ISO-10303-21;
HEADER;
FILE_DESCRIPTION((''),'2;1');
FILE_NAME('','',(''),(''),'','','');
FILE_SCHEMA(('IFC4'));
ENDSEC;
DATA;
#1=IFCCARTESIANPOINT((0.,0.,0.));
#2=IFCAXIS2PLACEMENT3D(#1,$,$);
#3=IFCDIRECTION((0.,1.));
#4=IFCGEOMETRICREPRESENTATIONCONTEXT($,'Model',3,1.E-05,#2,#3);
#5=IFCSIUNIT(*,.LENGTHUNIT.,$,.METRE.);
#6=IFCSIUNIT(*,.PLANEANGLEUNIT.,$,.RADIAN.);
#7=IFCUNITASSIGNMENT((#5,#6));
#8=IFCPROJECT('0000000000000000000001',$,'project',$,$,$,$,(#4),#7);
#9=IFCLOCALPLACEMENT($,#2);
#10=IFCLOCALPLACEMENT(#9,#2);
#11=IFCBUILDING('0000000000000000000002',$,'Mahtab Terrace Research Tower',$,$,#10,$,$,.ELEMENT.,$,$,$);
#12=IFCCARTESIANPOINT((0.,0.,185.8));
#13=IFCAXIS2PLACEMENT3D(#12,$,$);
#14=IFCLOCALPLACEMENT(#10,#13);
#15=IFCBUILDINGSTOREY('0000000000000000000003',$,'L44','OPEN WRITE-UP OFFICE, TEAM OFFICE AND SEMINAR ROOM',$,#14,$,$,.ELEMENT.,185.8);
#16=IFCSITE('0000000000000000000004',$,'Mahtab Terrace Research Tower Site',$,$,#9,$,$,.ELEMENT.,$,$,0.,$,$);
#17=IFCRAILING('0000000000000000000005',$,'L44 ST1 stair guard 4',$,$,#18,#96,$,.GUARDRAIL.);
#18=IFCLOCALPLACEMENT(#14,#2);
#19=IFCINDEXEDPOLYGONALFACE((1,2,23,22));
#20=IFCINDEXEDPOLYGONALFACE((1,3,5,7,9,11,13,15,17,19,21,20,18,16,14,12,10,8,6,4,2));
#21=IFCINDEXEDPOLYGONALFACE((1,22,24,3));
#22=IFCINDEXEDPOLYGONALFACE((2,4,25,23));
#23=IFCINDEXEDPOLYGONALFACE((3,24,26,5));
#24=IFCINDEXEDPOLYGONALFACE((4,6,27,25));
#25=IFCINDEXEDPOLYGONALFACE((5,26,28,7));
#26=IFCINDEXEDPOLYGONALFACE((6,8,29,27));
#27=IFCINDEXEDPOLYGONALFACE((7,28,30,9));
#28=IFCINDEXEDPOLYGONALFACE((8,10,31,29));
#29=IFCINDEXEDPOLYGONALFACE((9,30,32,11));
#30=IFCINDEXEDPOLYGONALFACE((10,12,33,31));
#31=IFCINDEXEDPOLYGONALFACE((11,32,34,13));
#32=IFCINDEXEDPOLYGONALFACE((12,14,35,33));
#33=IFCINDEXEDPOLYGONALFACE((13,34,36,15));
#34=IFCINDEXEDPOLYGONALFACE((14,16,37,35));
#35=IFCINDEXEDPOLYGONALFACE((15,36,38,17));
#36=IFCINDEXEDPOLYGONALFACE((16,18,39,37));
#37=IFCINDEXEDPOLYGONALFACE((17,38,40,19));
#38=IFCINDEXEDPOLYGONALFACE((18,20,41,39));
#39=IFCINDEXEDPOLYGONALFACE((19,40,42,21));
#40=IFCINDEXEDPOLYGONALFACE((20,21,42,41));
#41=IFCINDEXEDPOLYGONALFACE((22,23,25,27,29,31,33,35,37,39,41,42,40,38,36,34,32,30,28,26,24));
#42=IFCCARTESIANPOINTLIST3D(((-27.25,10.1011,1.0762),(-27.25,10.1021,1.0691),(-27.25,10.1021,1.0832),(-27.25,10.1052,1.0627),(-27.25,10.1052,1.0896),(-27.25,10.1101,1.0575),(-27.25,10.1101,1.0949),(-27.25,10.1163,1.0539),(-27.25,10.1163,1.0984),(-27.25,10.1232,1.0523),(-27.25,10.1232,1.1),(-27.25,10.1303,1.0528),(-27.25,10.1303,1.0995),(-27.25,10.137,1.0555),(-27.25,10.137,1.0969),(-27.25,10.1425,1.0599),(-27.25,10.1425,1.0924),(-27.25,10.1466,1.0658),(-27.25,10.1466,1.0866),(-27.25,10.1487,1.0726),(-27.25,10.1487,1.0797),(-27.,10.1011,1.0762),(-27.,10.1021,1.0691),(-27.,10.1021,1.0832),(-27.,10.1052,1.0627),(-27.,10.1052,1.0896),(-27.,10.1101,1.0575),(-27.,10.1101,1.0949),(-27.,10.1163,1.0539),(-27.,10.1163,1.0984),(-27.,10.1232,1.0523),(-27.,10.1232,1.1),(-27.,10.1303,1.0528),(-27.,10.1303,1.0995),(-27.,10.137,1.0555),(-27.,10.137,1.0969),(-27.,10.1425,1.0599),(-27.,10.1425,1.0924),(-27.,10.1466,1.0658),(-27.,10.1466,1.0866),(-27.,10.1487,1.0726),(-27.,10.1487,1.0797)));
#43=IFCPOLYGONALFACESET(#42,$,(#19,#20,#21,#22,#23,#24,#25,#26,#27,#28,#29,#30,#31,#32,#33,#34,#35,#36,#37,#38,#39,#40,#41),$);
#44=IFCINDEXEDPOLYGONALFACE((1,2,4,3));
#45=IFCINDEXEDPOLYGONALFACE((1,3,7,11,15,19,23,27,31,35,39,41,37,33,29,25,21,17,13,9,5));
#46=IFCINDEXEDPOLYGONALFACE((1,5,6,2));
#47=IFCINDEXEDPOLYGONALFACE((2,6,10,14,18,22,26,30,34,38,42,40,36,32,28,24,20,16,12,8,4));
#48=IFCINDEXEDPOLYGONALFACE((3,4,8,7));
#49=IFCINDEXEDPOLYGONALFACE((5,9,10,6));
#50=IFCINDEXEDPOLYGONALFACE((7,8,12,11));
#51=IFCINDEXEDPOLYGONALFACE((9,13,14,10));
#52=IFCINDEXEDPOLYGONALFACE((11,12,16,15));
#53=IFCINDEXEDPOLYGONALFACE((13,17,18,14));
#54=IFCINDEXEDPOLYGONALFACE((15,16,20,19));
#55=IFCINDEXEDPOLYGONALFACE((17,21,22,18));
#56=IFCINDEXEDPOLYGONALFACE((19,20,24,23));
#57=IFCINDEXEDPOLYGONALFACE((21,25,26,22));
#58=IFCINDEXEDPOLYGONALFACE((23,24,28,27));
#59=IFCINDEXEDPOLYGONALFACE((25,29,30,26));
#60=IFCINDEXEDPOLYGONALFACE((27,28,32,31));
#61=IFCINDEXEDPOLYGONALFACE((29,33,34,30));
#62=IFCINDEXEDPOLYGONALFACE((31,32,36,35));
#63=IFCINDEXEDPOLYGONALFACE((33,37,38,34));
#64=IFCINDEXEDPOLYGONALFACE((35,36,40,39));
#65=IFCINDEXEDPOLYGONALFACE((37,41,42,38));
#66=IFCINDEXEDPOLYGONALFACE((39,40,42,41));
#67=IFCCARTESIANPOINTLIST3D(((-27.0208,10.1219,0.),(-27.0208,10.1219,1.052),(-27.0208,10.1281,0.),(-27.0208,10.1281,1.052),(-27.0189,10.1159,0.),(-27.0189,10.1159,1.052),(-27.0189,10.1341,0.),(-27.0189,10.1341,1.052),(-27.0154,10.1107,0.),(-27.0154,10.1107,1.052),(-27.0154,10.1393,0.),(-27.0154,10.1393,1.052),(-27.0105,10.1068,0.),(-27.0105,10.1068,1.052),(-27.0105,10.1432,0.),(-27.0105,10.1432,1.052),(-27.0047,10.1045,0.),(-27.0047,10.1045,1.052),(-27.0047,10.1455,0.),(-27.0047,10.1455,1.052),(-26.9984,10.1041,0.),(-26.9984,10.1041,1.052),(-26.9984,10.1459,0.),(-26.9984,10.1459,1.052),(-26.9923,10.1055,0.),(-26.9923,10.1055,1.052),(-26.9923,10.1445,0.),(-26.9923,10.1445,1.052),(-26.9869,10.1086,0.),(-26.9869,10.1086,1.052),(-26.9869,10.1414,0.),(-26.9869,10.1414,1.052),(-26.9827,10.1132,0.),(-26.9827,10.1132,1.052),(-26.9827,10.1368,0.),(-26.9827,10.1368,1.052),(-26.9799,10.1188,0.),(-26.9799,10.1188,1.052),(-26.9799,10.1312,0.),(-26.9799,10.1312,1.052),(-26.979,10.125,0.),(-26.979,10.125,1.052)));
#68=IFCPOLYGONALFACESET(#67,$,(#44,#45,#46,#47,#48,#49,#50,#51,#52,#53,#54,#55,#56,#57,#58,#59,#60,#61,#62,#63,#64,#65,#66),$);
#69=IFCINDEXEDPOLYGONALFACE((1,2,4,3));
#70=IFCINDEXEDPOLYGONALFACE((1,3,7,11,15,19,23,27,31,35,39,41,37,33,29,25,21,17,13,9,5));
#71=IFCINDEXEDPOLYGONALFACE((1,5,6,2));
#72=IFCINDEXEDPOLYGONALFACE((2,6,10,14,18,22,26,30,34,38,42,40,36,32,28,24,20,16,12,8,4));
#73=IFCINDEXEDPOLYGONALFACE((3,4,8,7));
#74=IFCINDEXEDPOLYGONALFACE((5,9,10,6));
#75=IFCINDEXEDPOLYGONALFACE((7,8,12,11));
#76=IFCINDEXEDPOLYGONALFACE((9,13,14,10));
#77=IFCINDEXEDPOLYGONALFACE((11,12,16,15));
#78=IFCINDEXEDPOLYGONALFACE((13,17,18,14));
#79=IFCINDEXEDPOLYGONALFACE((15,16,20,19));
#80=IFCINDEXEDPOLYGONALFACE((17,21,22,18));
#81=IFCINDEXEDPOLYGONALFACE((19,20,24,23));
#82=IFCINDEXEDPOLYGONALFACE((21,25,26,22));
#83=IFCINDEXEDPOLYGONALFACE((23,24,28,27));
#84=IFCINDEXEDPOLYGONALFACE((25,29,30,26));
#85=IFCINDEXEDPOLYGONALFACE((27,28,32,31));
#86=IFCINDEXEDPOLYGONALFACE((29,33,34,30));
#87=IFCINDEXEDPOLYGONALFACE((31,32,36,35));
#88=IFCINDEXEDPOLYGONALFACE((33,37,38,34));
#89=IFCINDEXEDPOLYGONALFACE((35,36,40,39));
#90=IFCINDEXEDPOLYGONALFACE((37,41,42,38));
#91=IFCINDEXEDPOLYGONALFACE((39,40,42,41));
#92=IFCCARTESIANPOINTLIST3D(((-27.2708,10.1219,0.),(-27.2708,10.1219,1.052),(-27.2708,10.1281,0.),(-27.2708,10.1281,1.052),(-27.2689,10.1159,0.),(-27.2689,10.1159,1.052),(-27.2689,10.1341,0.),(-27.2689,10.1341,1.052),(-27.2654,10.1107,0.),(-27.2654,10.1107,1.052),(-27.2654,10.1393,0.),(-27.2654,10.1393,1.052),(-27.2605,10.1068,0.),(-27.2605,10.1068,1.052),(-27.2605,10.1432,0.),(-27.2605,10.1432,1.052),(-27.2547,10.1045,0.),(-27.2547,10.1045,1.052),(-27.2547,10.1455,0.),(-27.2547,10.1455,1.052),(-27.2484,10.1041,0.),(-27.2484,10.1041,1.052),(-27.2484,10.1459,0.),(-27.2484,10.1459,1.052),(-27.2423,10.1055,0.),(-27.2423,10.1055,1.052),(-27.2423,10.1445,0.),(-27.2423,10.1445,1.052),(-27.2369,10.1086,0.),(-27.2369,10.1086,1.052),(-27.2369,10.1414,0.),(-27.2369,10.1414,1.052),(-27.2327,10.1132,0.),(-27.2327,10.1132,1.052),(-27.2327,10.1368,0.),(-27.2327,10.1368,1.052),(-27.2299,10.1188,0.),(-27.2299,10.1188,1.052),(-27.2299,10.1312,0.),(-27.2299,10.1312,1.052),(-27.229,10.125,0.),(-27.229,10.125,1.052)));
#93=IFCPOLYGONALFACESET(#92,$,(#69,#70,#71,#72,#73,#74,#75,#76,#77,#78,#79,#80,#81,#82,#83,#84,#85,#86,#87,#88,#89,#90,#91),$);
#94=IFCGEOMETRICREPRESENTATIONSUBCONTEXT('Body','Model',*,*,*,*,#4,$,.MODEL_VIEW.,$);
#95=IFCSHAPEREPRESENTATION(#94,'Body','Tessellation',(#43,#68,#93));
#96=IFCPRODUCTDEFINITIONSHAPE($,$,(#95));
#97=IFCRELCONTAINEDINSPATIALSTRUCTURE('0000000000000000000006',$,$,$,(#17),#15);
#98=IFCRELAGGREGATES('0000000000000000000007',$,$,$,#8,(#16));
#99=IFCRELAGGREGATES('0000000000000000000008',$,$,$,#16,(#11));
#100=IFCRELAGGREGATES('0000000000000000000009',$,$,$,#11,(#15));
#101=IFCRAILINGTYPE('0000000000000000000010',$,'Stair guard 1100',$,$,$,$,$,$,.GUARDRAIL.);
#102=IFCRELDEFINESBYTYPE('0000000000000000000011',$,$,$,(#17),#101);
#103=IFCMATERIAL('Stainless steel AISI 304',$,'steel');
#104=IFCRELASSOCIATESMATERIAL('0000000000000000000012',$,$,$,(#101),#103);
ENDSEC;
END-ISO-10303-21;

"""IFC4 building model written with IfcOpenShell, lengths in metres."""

from ifc_helpers import new_model, si_unit, direction, frame, origin, origin_2d, place, context, subcontext, project, spatial, circle, extrude, material, type_object, element, save


model = new_model("IFC4")

# Units and contexts
model_context = context("Model", 3, precision=1e-05, world=origin(), true_north=direction((0.0, 1.0)))
body_context = subcontext(model_context, "Body", "Model", "MODEL_VIEW")
ifc_project = project(units=[si_unit("LENGTHUNIT", "METRE"), si_unit("PLANEANGLEUNIT", "RADIAN")], contexts=[model_context])

# Site, building, storey
site_placement = place(None, origin())
site = spatial("IfcSite", under=ifc_project, at=site_placement, Name="Mahtab Terrace Research Tower Site", CompositionType="ELEMENT", RefElevation=0.0)
building_placement = place(site_placement, origin())
building = spatial("IfcBuilding", under=site, at=building_placement, Name="Mahtab Terrace Research Tower", CompositionType="ELEMENT")
storey_placement = place(building_placement, frame((0.0, 0.0, 185.8)))
storey = spatial("IfcBuildingStorey", under=building, at=storey_placement, Name="L44", Description="OPEN WRITE-UP OFFICE, TEAM OFFICE AND SEMINAR ROOM", CompositionType="ELEMENT", Elevation=185.8)

# Railing
ifc_material_1 = material(Name="Stainless steel AISI 304", Category="steel")
railing_type_1 = type_object("IfcRailingType", Name="Stair guard 1100", PredefinedType="GUARDRAIL", material=ifc_material_1)
railing_1_placement = place(storey_placement, frame((-27.0, 10.125, 0.0)))
element("IfcRailing", 1, at=railing_1_placement, inside=storey, type_object=railing_type_1, Name="L44 ST1 stair guard 4", PredefinedType="GUARDRAIL", context=body_context, shape_type="SweptSolid", body=[
    extrude(circle(Radius=0.0239, at=origin_2d()), frame((0.0, 0.0, 1.0762), z_axis=(-1.0, 0.0, 0.0), x_axis=(0.0, -1.0, 0.0)), (0.0, 0.0, 1.0), 0.25),
    extrude(circle(Radius=0.021, at=origin_2d()), origin(), (0.0, 0.0, 1.0), 1.052),
    extrude(circle(Radius=0.021, at=origin_2d()), frame((-0.25, 0.0, 0.0)), (0.0, 0.0, 1.0), 1.052),
])

save(model, "model.ifc")
